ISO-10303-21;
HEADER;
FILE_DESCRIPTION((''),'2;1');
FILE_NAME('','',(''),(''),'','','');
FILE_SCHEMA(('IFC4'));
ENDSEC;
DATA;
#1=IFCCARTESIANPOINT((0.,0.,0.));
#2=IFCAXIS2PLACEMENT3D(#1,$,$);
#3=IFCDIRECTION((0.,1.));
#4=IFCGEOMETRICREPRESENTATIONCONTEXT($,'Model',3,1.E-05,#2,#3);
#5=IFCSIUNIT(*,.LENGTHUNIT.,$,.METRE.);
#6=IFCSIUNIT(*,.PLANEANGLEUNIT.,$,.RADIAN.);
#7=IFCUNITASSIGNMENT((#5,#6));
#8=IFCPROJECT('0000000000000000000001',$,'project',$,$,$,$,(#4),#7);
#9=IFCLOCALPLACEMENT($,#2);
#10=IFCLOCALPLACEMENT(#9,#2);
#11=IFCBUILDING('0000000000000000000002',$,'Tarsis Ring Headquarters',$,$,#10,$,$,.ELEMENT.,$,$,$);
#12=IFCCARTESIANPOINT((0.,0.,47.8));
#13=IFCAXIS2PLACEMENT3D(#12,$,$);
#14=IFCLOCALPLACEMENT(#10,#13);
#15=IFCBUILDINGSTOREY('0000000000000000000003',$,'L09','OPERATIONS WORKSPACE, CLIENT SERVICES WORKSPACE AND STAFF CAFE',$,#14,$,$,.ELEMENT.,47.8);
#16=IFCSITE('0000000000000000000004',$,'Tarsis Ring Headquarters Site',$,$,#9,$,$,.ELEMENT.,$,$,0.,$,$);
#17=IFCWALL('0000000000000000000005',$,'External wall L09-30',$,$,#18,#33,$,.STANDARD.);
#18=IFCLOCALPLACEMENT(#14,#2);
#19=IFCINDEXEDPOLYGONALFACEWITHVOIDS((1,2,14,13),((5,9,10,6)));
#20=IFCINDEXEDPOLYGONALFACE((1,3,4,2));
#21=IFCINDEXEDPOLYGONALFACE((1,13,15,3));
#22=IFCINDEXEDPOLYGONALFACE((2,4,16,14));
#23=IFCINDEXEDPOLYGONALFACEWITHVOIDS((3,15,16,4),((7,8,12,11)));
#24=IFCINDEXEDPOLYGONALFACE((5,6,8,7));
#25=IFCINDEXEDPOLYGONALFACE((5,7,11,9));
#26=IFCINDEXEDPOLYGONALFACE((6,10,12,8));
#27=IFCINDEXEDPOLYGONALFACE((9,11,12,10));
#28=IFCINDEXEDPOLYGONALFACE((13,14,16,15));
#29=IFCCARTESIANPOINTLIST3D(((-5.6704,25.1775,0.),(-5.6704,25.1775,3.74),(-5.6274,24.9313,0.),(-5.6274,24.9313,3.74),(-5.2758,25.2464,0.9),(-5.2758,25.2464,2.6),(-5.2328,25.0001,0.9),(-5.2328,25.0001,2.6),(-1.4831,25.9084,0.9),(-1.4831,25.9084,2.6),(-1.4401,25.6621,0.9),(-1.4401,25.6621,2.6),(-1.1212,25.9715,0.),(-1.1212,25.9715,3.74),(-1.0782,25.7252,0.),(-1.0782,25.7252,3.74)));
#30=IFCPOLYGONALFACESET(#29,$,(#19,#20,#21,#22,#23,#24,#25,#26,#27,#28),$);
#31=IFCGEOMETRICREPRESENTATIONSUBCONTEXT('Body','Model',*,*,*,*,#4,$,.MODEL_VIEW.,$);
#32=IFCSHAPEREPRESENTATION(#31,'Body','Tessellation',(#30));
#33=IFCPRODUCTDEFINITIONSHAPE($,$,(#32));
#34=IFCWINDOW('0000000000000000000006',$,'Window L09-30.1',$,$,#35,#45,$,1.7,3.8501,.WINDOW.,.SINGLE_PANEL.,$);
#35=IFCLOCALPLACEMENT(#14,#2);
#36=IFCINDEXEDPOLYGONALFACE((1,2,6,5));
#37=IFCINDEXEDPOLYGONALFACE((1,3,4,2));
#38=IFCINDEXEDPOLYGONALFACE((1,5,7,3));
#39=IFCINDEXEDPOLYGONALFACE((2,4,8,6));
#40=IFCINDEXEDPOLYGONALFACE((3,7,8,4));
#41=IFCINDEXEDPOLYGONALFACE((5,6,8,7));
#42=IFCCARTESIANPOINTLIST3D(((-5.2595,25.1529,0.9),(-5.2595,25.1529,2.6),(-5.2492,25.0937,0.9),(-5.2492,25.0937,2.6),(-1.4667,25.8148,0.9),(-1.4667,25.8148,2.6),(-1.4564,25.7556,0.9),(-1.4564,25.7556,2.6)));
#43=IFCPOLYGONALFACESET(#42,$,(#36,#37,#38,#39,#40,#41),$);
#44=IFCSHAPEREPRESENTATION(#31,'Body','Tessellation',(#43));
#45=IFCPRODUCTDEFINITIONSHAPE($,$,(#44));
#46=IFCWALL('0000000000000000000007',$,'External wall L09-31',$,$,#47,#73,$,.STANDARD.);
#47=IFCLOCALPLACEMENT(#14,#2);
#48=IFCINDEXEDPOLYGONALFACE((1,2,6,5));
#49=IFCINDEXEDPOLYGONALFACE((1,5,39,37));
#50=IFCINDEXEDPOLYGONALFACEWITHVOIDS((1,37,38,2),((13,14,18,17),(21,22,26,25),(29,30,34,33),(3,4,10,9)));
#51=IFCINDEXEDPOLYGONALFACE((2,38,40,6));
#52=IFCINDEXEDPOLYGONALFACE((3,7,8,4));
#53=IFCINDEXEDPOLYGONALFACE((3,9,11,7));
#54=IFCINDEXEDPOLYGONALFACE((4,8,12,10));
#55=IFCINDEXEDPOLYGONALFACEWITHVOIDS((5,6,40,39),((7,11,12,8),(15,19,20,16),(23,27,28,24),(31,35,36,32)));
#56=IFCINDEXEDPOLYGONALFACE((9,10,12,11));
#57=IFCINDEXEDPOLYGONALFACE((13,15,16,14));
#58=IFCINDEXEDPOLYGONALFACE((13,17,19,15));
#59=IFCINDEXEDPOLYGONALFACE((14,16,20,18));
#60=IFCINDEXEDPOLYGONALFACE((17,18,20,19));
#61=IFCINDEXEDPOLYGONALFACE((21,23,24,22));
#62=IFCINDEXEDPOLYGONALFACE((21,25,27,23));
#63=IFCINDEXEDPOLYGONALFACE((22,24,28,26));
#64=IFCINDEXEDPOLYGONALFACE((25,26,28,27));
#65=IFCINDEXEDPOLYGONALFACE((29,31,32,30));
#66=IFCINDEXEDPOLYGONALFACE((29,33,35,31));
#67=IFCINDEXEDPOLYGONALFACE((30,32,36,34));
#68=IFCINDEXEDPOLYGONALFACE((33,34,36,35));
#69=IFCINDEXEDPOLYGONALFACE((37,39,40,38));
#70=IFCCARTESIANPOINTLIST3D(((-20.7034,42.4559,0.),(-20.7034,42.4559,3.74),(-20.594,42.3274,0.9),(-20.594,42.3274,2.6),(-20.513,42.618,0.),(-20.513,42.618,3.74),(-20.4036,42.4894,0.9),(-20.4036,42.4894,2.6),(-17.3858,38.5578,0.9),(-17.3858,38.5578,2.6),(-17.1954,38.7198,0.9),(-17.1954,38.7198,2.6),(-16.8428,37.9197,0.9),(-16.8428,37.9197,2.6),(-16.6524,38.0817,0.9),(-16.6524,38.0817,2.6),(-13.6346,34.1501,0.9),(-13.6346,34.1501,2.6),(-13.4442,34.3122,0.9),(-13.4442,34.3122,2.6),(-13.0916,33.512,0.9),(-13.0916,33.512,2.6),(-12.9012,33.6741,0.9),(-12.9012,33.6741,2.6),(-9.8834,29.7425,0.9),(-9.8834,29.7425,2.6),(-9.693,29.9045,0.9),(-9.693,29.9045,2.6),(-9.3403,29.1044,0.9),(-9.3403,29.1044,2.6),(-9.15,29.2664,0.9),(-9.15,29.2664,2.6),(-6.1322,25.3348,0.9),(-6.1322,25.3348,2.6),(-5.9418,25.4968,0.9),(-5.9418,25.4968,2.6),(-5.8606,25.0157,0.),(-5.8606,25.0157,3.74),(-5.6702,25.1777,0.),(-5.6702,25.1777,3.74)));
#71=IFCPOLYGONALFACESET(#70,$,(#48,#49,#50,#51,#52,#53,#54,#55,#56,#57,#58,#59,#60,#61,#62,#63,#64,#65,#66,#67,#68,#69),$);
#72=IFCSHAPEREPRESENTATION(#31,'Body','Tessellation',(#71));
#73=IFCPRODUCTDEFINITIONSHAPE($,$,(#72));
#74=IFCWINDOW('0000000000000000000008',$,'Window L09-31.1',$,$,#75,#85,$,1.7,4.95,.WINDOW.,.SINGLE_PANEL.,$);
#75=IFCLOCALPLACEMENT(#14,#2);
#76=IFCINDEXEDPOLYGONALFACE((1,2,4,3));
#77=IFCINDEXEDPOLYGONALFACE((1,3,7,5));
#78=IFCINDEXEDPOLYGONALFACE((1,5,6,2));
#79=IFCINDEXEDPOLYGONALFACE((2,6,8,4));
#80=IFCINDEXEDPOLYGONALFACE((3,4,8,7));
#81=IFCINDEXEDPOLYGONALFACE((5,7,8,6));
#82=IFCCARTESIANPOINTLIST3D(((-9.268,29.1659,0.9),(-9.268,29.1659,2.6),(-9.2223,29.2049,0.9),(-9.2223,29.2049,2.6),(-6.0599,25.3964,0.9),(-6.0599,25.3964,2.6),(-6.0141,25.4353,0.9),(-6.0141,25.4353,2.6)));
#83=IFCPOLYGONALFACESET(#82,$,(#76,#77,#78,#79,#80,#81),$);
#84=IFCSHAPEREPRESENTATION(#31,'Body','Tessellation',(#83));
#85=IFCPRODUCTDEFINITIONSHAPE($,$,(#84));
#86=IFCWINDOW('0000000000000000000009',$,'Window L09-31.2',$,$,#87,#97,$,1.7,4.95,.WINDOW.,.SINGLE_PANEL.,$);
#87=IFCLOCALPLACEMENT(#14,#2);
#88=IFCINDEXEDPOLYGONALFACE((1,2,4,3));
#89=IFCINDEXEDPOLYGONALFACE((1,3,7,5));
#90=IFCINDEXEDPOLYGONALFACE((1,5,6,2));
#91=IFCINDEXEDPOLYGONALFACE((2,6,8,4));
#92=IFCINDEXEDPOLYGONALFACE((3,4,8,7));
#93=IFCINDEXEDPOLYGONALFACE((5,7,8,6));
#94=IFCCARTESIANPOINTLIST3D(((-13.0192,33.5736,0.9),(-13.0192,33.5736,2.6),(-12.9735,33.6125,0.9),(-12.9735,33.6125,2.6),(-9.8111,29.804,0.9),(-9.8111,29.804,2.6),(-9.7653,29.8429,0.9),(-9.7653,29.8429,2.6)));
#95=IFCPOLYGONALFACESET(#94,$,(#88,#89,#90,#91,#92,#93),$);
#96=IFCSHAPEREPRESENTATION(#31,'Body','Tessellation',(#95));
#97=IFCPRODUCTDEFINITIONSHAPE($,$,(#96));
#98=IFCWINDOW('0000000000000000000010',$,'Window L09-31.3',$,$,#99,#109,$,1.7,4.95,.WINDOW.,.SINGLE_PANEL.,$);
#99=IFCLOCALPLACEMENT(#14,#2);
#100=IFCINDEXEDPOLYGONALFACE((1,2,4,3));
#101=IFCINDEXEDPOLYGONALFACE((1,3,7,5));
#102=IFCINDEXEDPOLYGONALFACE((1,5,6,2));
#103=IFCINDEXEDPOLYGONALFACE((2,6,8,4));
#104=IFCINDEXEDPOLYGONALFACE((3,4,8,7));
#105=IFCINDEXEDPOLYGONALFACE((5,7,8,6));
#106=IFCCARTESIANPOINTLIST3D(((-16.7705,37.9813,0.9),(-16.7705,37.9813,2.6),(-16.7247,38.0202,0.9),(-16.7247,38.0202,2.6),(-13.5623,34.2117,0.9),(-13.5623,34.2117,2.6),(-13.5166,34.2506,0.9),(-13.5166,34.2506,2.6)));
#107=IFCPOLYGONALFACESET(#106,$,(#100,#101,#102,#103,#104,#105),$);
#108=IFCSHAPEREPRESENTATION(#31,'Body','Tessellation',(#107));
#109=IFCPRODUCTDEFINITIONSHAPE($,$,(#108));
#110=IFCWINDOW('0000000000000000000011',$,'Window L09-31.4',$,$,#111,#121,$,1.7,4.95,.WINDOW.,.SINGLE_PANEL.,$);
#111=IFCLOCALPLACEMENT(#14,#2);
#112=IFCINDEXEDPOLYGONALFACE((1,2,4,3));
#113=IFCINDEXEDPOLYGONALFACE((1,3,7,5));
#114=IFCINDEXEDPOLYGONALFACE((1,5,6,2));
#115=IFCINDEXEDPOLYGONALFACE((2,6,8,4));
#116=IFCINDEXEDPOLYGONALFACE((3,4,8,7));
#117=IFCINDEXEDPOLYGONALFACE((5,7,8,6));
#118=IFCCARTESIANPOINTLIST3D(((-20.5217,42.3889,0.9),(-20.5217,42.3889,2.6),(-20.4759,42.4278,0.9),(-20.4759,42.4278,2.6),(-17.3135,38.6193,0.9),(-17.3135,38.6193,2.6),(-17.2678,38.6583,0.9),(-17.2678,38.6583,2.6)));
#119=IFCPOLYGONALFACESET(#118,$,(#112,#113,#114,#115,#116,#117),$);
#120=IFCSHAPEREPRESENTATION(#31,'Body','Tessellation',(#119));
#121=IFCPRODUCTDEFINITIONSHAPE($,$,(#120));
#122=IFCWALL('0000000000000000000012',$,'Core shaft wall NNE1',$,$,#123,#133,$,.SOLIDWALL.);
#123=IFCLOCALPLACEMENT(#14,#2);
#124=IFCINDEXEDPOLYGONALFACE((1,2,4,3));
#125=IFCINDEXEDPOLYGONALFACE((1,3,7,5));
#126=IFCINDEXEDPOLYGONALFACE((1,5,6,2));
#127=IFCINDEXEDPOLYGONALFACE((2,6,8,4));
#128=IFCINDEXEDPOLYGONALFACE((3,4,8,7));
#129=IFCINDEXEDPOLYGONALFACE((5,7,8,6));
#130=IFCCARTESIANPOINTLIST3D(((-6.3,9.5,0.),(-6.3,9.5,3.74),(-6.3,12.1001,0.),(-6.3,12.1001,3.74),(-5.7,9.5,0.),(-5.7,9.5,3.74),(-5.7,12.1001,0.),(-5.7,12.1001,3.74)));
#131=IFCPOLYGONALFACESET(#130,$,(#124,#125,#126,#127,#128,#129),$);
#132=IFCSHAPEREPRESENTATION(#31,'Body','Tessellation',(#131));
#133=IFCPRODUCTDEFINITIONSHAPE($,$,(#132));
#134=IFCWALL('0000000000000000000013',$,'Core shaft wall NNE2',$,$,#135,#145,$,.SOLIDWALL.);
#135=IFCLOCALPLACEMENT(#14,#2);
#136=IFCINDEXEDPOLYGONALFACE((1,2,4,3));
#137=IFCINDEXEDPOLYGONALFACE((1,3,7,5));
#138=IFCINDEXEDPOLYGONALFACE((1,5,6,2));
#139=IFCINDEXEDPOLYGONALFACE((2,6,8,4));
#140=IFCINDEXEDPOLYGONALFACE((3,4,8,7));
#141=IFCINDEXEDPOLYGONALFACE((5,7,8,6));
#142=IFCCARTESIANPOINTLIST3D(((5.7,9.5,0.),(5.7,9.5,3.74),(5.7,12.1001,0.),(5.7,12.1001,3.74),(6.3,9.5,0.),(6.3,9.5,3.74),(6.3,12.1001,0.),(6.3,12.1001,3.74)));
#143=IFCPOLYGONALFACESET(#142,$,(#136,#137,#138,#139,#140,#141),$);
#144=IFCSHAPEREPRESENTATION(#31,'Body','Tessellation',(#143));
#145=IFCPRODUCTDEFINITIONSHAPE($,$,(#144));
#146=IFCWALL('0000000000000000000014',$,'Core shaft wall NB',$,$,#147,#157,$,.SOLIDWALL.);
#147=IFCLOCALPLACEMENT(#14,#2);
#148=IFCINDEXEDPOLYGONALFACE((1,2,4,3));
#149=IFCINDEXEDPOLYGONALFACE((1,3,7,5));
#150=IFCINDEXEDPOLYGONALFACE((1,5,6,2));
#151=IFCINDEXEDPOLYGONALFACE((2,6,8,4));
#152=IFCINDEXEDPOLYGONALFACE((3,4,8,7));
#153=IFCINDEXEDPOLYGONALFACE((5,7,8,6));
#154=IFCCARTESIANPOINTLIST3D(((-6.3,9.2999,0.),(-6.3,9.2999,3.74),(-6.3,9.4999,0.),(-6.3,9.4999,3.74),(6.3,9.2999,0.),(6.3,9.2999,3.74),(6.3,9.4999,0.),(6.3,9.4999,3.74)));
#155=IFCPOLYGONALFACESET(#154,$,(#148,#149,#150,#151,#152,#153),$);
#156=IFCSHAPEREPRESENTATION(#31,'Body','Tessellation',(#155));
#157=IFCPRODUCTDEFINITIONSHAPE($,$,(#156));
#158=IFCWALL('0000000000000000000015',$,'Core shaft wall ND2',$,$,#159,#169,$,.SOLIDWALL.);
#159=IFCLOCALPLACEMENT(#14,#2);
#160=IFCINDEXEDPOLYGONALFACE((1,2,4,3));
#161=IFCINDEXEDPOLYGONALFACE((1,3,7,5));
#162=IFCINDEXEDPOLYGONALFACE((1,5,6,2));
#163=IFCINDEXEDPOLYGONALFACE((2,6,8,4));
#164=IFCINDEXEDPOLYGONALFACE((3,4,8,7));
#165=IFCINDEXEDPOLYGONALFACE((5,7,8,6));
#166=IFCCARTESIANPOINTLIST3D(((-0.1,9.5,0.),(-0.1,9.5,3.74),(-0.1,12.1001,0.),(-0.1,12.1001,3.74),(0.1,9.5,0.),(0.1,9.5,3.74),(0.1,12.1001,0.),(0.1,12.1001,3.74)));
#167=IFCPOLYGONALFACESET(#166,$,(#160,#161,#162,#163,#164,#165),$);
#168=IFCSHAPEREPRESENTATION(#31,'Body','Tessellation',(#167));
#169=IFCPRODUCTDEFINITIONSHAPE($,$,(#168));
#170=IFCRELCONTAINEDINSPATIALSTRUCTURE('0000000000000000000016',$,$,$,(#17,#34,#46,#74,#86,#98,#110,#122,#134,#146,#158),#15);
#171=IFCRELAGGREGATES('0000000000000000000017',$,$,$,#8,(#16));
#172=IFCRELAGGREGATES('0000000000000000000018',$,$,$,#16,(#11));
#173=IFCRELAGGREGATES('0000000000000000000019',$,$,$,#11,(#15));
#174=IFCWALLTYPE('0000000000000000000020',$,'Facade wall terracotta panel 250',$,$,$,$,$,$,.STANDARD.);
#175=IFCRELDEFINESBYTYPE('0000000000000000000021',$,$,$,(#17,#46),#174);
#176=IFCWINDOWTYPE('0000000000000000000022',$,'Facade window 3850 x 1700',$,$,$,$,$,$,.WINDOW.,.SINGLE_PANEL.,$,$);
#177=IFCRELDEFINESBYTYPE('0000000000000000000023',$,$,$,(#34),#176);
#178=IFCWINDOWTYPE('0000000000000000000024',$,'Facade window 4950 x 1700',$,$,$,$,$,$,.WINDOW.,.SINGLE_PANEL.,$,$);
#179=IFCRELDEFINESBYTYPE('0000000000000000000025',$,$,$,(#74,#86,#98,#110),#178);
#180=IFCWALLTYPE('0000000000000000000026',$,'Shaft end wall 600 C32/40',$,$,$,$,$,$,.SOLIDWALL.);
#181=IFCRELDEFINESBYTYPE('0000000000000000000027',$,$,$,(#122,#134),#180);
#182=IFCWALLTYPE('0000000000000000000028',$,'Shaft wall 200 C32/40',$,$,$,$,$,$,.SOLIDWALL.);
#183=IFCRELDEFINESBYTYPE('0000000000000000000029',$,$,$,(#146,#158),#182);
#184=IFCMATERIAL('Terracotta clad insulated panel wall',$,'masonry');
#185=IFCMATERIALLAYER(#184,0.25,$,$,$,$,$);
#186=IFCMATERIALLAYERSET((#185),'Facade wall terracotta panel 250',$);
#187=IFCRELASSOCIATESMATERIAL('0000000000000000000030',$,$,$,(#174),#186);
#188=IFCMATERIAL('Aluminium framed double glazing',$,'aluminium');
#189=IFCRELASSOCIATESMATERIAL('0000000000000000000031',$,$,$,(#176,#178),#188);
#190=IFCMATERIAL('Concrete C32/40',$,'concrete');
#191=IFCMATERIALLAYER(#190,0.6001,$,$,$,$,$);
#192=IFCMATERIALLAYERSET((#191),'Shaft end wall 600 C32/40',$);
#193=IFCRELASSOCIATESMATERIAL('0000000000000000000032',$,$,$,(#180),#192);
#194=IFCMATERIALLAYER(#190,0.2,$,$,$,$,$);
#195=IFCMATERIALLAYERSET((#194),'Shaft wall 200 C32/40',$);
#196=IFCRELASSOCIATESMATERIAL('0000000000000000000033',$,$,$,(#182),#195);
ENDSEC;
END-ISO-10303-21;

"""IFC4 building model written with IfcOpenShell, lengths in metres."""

from ifc_helpers import new_model, si_unit, direction, frame, frame_2d, origin, place, context, subcontext, project, spatial, rectangle, extrude, material, layer, layer_set, type_object, element, fill, save


model = new_model("IFC4")

# Units and contexts
model_context = context("Model", 3, precision=1e-05, world=origin(), true_north=direction((0.0, 1.0)))
body_context = subcontext(model_context, "Body", "Model", "MODEL_VIEW")
ifc_project = project(units=[si_unit("LENGTHUNIT", "METRE"), si_unit("PLANEANGLEUNIT", "RADIAN")], contexts=[model_context])

# Site, building, storey
site_placement = place(None, origin())
site = spatial("IfcSite", under=ifc_project, at=site_placement, Name="Tarsis Ring Headquarters Site", CompositionType="ELEMENT", RefElevation=0.0)
building_placement = place(site_placement, origin())
building = spatial("IfcBuilding", under=site, at=building_placement, Name="Tarsis Ring Headquarters", CompositionType="ELEMENT")
storey_placement = place(building_placement, frame((0.0, 0.0, 47.8)))
storey = spatial("IfcBuildingStorey", under=building, at=storey_placement, Name="L09", Description="OPERATIONS WORKSPACE, CLIENT SERVICES WORKSPACE AND STAFF CAFE", CompositionType="ELEMENT", Elevation=47.8)

# Wall, opening, window
ifc_material_1 = material(Name="Terracotta clad insulated panel wall", Category="masonry")
ifc_layer_1 = layer(ifc_material_1, 0.25)
ifc_layer_set_1 = layer_set([ifc_layer_1], Name="Facade wall terracotta panel 250")
wall_type_1 = type_object("IfcWallType", Name="Facade wall terracotta panel 250", PredefinedType="STANDARD", material=ifc_layer_set_1)
ifc_material_2 = material(Name="Aluminium framed double glazing", Category="aluminium")
wall_1_placement = place(storey_placement, frame((-1.0996, 25.8484, 0.0), z_axis=(0.0, 0.0, 1.0), x_axis=(-0.985109, -0.17193, 0.0)))
wall_1 = element("IfcWall", 1, at=wall_1_placement, inside=storey, type_object=wall_type_1, Name="External wall L09-30", PredefinedType="STANDARD", context=body_context, shape_type="SweptSolid", body=[
    extrude(rectangle(XDim=4.6179, YDim=0.25, at=frame_2d((2.3091, 0.0))), origin(), (0.0, 0.0, 1.0), 3.74),
])
opening_1_placement = place(wall_1_placement, frame((0.3674, 0.0, 0.8999)))
opening_1 = element("IfcOpeningElement", 2, at=opening_1_placement, cuts=wall_1, PredefinedType="OPENING", context=body_context, shape_type="SweptSolid", body=[
    extrude(rectangle(XDim=3.8501, YDim=1.7, at=frame_2d((1.925, 0.8501))), frame((0.0, 0.135, 0.0), z_axis=(0.0, -1.0, 0.0), x_axis=(1.0, 0.0, 0.0)), (0.0, 0.0, 1.0), 0.27),
])
window_type_1 = type_object("IfcWindowType", Name="Facade window 3850 x 1700", PartitioningType="SINGLE_PANEL", PredefinedType="WINDOW", material=ifc_material_2)
window_1_placement = place(opening_1_placement, origin())
window_1 = element("IfcWindow", 3, at=window_1_placement, inside=storey, type_object=window_type_1, Name="Window L09-30.1", OverallHeight=1.7, OverallWidth=3.8501, PartitioningType="SINGLE_PANEL", PredefinedType="WINDOW", context=body_context, shape_type="SweptSolid", body=[
    extrude(rectangle(XDim=3.8501, YDim=1.7, at=frame_2d((1.925, 0.8501))), frame((0.0, 0.03, 0.0), z_axis=(0.0, -1.0, 0.0), x_axis=(1.0, 0.0, 0.0)), (0.0, 0.0, 1.0), 0.0601),
])
fill(opening_1, window_1)

# Wall, openings, windows
wall_2_placement = place(storey_placement, frame((-5.7654, 25.0967, 0.0), z_axis=(0.0, 0.0, 1.0), x_axis=(-0.64812, 0.761538, 0.0)))
wall_2 = element("IfcWall", 4, at=wall_2_placement, inside=storey, type_object=wall_type_1, Name="External wall L09-31", PredefinedType="STANDARD", context=body_context, shape_type="SweptSolid", body=[
    extrude(rectangle(XDim=22.9014, YDim=0.25, at=frame_2d((11.4507, 0.0))), origin(), (0.0, 0.0, 1.0), 3.74),
])
opening_2_placement = place(wall_2_placement, frame((0.4189, 0.0, 0.8999)))
opening_2 = element("IfcOpeningElement", 5, at=opening_2_placement, cuts=wall_2, PredefinedType="OPENING", context=body_context, shape_type="SweptSolid", body=[
    extrude(rectangle(XDim=4.95, YDim=1.7, at=frame_2d((2.4751, 0.8501))), frame((0.0, 0.135, 0.0), z_axis=(0.0, -1.0, 0.0), x_axis=(1.0, 0.0, 0.0)), (0.0, 0.0, 1.0), 0.27),
])
opening_3_placement = place(wall_2_placement, frame((6.2068, 0.0, 0.8999)))
opening_3 = element("IfcOpeningElement", 6, at=opening_3_placement, cuts=wall_2, PredefinedType="OPENING", context=body_context, shape_type="SweptSolid", body=[
    extrude(rectangle(XDim=4.95, YDim=1.7, at=frame_2d((2.4751, 0.8501))), frame((0.0, 0.135, 0.0), z_axis=(0.0, -1.0, 0.0), x_axis=(1.0, 0.0, 0.0)), (0.0, 0.0, 1.0), 0.27),
])
opening_4_placement = place(wall_2_placement, frame((11.9946, 0.0, 0.8999)))
opening_4 = element("IfcOpeningElement", 7, at=opening_4_placement, cuts=wall_2, PredefinedType="OPENING", context=body_context, shape_type="SweptSolid", body=[
    extrude(rectangle(XDim=4.95, YDim=1.7, at=frame_2d((2.4751, 0.8501))), frame((0.0, 0.135, 0.0), z_axis=(0.0, -1.0, 0.0), x_axis=(1.0, 0.0, 0.0)), (0.0, 0.0, 1.0), 0.27),
])
opening_5_placement = place(wall_2_placement, frame((17.7825, 0.0, 0.8999)))
opening_5 = element("IfcOpeningElement", 8, at=opening_5_placement, cuts=wall_2, PredefinedType="OPENING", context=body_context, shape_type="SweptSolid", body=[
    extrude(rectangle(XDim=4.95, YDim=1.7, at=frame_2d((2.4751, 0.8501))), frame((0.0, 0.135, 0.0), z_axis=(0.0, -1.0, 0.0), x_axis=(1.0, 0.0, 0.0)), (0.0, 0.0, 1.0), 0.27),
])
window_type_2 = type_object("IfcWindowType", Name="Facade window 4950 x 1700", PartitioningType="SINGLE_PANEL", PredefinedType="WINDOW", material=ifc_material_2)
window_2_placement = place(opening_2_placement, origin())
window_2 = element("IfcWindow", 9, at=window_2_placement, inside=storey, type_object=window_type_2, Name="Window L09-31.1", OverallHeight=1.7, OverallWidth=4.95, PartitioningType="SINGLE_PANEL", PredefinedType="WINDOW", context=body_context, shape_type="SweptSolid", body=[
    extrude(rectangle(XDim=4.95, YDim=1.7, at=frame_2d((2.4751, 0.8501))), frame((0.0, 0.03, 0.0), z_axis=(0.0, -1.0, 0.0), x_axis=(1.0, 0.0, 0.0)), (0.0, 0.0, 1.0), 0.0601),
])
fill(opening_2, window_2)
window_3_placement = place(opening_3_placement, origin())
window_3 = element("IfcWindow", 10, at=window_3_placement, inside=storey, type_object=window_type_2, Name="Window L09-31.2", OverallHeight=1.7, OverallWidth=4.95, PartitioningType="SINGLE_PANEL", PredefinedType="WINDOW", context=body_context, shape_type="SweptSolid", body=[
    extrude(rectangle(XDim=4.95, YDim=1.7, at=frame_2d((2.4751, 0.8501))), frame((0.0, 0.03, 0.0), z_axis=(0.0, -1.0, 0.0), x_axis=(1.0, 0.0, 0.0)), (0.0, 0.0, 1.0), 0.0601),
])
fill(opening_3, window_3)
window_4_placement = place(opening_4_placement, origin())
window_4 = element("IfcWindow", 11, at=window_4_placement, inside=storey, type_object=window_type_2, Name="Window L09-31.3", OverallHeight=1.7, OverallWidth=4.95, PartitioningType="SINGLE_PANEL", PredefinedType="WINDOW", context=body_context, shape_type="SweptSolid", body=[
    extrude(rectangle(XDim=4.95, YDim=1.7, at=frame_2d((2.4751, 0.8501))), frame((0.0, 0.03, 0.0), z_axis=(0.0, -1.0, 0.0), x_axis=(1.0, 0.0, 0.0)), (0.0, 0.0, 1.0), 0.0601),
])
fill(opening_4, window_4)
window_5_placement = place(opening_5_placement, origin())
window_5 = element("IfcWindow", 12, at=window_5_placement, inside=storey, type_object=window_type_2, Name="Window L09-31.4", OverallHeight=1.7, OverallWidth=4.95, PartitioningType="SINGLE_PANEL", PredefinedType="WINDOW", context=body_context, shape_type="SweptSolid", body=[
    extrude(rectangle(XDim=4.95, YDim=1.7, at=frame_2d((2.4751, 0.8501))), frame((0.0, 0.03, 0.0), z_axis=(0.0, -1.0, 0.0), x_axis=(1.0, 0.0, 0.0)), (0.0, 0.0, 1.0), 0.0601),
])
fill(opening_5, window_5)

# Walls
ifc_material_3 = material(Name="Concrete C32/40", Category="concrete")
ifc_layer_2 = layer(ifc_material_3, 0.6001)
ifc_layer_set_2 = layer_set([ifc_layer_2], Name="Shaft end wall 600 C32/40")
wall_type_2 = type_object("IfcWallType", Name="Shaft end wall 600 C32/40", PredefinedType="SOLIDWALL", material=ifc_layer_set_2)
for number, where, z_axis, x_axis, name in (
    (13, (-6.0, 9.5, 0.0), (0.0, 0.0, 1.0), (0.0, 1.0, 0.0), "Core shaft wall NNE1"),
    (14, (6.0, 9.5, 0.0), (0.0, 0.0, 1.0), (0.0, 1.0, 0.0), "Core shaft wall NNE2"),
):
    element("IfcWall", number, at=place(storey_placement, frame(where, z_axis=z_axis, x_axis=x_axis)), inside=storey, type_object=wall_type_2, Name=name, PredefinedType="SOLIDWALL", context=body_context, shape_type="SweptSolid", body=[
        extrude(rectangle(XDim=2.6001, YDim=0.6001, at=frame_2d((1.3, 0.0))), origin(), (0.0, 0.0, 1.0), 3.74),
    ])
ifc_layer_3 = layer(ifc_material_3, 0.2)
ifc_layer_set_3 = layer_set([ifc_layer_3], Name="Shaft wall 200 C32/40")
wall_type_3 = type_object("IfcWallType", Name="Shaft wall 200 C32/40", PredefinedType="SOLIDWALL", material=ifc_layer_set_3)
wall_3_placement = place(storey_placement, frame((-6.3, 9.3999, 0.0), z_axis=(0.0, 0.0, 1.0), x_axis=(1.0, 0.0, 0.0)))
element("IfcWall", 15, at=wall_3_placement, inside=storey, type_object=wall_type_3, Name="Core shaft wall NB", PredefinedType="SOLIDWALL", context=body_context, shape_type="SweptSolid", body=[
    extrude(rectangle(XDim=12.6001, YDim=0.2, at=frame_2d((6.3, 0.0))), origin(), (0.0, 0.0, 1.0), 3.74),
])
wall_4_placement = place(storey_placement, frame((0.0, 9.5, 0.0), z_axis=(0.0, 0.0, 1.0), x_axis=(0.0, 1.0, 0.0)))
element("IfcWall", 16, at=wall_4_placement, inside=storey, type_object=wall_type_3, Name="Core shaft wall ND2", PredefinedType="SOLIDWALL", context=body_context, shape_type="SweptSolid", body=[
    extrude(rectangle(XDim=2.6001, YDim=0.2, at=frame_2d((1.3, 0.0))), origin(), (0.0, 0.0, 1.0), 3.74),
])

save(model, "model.ifc")
